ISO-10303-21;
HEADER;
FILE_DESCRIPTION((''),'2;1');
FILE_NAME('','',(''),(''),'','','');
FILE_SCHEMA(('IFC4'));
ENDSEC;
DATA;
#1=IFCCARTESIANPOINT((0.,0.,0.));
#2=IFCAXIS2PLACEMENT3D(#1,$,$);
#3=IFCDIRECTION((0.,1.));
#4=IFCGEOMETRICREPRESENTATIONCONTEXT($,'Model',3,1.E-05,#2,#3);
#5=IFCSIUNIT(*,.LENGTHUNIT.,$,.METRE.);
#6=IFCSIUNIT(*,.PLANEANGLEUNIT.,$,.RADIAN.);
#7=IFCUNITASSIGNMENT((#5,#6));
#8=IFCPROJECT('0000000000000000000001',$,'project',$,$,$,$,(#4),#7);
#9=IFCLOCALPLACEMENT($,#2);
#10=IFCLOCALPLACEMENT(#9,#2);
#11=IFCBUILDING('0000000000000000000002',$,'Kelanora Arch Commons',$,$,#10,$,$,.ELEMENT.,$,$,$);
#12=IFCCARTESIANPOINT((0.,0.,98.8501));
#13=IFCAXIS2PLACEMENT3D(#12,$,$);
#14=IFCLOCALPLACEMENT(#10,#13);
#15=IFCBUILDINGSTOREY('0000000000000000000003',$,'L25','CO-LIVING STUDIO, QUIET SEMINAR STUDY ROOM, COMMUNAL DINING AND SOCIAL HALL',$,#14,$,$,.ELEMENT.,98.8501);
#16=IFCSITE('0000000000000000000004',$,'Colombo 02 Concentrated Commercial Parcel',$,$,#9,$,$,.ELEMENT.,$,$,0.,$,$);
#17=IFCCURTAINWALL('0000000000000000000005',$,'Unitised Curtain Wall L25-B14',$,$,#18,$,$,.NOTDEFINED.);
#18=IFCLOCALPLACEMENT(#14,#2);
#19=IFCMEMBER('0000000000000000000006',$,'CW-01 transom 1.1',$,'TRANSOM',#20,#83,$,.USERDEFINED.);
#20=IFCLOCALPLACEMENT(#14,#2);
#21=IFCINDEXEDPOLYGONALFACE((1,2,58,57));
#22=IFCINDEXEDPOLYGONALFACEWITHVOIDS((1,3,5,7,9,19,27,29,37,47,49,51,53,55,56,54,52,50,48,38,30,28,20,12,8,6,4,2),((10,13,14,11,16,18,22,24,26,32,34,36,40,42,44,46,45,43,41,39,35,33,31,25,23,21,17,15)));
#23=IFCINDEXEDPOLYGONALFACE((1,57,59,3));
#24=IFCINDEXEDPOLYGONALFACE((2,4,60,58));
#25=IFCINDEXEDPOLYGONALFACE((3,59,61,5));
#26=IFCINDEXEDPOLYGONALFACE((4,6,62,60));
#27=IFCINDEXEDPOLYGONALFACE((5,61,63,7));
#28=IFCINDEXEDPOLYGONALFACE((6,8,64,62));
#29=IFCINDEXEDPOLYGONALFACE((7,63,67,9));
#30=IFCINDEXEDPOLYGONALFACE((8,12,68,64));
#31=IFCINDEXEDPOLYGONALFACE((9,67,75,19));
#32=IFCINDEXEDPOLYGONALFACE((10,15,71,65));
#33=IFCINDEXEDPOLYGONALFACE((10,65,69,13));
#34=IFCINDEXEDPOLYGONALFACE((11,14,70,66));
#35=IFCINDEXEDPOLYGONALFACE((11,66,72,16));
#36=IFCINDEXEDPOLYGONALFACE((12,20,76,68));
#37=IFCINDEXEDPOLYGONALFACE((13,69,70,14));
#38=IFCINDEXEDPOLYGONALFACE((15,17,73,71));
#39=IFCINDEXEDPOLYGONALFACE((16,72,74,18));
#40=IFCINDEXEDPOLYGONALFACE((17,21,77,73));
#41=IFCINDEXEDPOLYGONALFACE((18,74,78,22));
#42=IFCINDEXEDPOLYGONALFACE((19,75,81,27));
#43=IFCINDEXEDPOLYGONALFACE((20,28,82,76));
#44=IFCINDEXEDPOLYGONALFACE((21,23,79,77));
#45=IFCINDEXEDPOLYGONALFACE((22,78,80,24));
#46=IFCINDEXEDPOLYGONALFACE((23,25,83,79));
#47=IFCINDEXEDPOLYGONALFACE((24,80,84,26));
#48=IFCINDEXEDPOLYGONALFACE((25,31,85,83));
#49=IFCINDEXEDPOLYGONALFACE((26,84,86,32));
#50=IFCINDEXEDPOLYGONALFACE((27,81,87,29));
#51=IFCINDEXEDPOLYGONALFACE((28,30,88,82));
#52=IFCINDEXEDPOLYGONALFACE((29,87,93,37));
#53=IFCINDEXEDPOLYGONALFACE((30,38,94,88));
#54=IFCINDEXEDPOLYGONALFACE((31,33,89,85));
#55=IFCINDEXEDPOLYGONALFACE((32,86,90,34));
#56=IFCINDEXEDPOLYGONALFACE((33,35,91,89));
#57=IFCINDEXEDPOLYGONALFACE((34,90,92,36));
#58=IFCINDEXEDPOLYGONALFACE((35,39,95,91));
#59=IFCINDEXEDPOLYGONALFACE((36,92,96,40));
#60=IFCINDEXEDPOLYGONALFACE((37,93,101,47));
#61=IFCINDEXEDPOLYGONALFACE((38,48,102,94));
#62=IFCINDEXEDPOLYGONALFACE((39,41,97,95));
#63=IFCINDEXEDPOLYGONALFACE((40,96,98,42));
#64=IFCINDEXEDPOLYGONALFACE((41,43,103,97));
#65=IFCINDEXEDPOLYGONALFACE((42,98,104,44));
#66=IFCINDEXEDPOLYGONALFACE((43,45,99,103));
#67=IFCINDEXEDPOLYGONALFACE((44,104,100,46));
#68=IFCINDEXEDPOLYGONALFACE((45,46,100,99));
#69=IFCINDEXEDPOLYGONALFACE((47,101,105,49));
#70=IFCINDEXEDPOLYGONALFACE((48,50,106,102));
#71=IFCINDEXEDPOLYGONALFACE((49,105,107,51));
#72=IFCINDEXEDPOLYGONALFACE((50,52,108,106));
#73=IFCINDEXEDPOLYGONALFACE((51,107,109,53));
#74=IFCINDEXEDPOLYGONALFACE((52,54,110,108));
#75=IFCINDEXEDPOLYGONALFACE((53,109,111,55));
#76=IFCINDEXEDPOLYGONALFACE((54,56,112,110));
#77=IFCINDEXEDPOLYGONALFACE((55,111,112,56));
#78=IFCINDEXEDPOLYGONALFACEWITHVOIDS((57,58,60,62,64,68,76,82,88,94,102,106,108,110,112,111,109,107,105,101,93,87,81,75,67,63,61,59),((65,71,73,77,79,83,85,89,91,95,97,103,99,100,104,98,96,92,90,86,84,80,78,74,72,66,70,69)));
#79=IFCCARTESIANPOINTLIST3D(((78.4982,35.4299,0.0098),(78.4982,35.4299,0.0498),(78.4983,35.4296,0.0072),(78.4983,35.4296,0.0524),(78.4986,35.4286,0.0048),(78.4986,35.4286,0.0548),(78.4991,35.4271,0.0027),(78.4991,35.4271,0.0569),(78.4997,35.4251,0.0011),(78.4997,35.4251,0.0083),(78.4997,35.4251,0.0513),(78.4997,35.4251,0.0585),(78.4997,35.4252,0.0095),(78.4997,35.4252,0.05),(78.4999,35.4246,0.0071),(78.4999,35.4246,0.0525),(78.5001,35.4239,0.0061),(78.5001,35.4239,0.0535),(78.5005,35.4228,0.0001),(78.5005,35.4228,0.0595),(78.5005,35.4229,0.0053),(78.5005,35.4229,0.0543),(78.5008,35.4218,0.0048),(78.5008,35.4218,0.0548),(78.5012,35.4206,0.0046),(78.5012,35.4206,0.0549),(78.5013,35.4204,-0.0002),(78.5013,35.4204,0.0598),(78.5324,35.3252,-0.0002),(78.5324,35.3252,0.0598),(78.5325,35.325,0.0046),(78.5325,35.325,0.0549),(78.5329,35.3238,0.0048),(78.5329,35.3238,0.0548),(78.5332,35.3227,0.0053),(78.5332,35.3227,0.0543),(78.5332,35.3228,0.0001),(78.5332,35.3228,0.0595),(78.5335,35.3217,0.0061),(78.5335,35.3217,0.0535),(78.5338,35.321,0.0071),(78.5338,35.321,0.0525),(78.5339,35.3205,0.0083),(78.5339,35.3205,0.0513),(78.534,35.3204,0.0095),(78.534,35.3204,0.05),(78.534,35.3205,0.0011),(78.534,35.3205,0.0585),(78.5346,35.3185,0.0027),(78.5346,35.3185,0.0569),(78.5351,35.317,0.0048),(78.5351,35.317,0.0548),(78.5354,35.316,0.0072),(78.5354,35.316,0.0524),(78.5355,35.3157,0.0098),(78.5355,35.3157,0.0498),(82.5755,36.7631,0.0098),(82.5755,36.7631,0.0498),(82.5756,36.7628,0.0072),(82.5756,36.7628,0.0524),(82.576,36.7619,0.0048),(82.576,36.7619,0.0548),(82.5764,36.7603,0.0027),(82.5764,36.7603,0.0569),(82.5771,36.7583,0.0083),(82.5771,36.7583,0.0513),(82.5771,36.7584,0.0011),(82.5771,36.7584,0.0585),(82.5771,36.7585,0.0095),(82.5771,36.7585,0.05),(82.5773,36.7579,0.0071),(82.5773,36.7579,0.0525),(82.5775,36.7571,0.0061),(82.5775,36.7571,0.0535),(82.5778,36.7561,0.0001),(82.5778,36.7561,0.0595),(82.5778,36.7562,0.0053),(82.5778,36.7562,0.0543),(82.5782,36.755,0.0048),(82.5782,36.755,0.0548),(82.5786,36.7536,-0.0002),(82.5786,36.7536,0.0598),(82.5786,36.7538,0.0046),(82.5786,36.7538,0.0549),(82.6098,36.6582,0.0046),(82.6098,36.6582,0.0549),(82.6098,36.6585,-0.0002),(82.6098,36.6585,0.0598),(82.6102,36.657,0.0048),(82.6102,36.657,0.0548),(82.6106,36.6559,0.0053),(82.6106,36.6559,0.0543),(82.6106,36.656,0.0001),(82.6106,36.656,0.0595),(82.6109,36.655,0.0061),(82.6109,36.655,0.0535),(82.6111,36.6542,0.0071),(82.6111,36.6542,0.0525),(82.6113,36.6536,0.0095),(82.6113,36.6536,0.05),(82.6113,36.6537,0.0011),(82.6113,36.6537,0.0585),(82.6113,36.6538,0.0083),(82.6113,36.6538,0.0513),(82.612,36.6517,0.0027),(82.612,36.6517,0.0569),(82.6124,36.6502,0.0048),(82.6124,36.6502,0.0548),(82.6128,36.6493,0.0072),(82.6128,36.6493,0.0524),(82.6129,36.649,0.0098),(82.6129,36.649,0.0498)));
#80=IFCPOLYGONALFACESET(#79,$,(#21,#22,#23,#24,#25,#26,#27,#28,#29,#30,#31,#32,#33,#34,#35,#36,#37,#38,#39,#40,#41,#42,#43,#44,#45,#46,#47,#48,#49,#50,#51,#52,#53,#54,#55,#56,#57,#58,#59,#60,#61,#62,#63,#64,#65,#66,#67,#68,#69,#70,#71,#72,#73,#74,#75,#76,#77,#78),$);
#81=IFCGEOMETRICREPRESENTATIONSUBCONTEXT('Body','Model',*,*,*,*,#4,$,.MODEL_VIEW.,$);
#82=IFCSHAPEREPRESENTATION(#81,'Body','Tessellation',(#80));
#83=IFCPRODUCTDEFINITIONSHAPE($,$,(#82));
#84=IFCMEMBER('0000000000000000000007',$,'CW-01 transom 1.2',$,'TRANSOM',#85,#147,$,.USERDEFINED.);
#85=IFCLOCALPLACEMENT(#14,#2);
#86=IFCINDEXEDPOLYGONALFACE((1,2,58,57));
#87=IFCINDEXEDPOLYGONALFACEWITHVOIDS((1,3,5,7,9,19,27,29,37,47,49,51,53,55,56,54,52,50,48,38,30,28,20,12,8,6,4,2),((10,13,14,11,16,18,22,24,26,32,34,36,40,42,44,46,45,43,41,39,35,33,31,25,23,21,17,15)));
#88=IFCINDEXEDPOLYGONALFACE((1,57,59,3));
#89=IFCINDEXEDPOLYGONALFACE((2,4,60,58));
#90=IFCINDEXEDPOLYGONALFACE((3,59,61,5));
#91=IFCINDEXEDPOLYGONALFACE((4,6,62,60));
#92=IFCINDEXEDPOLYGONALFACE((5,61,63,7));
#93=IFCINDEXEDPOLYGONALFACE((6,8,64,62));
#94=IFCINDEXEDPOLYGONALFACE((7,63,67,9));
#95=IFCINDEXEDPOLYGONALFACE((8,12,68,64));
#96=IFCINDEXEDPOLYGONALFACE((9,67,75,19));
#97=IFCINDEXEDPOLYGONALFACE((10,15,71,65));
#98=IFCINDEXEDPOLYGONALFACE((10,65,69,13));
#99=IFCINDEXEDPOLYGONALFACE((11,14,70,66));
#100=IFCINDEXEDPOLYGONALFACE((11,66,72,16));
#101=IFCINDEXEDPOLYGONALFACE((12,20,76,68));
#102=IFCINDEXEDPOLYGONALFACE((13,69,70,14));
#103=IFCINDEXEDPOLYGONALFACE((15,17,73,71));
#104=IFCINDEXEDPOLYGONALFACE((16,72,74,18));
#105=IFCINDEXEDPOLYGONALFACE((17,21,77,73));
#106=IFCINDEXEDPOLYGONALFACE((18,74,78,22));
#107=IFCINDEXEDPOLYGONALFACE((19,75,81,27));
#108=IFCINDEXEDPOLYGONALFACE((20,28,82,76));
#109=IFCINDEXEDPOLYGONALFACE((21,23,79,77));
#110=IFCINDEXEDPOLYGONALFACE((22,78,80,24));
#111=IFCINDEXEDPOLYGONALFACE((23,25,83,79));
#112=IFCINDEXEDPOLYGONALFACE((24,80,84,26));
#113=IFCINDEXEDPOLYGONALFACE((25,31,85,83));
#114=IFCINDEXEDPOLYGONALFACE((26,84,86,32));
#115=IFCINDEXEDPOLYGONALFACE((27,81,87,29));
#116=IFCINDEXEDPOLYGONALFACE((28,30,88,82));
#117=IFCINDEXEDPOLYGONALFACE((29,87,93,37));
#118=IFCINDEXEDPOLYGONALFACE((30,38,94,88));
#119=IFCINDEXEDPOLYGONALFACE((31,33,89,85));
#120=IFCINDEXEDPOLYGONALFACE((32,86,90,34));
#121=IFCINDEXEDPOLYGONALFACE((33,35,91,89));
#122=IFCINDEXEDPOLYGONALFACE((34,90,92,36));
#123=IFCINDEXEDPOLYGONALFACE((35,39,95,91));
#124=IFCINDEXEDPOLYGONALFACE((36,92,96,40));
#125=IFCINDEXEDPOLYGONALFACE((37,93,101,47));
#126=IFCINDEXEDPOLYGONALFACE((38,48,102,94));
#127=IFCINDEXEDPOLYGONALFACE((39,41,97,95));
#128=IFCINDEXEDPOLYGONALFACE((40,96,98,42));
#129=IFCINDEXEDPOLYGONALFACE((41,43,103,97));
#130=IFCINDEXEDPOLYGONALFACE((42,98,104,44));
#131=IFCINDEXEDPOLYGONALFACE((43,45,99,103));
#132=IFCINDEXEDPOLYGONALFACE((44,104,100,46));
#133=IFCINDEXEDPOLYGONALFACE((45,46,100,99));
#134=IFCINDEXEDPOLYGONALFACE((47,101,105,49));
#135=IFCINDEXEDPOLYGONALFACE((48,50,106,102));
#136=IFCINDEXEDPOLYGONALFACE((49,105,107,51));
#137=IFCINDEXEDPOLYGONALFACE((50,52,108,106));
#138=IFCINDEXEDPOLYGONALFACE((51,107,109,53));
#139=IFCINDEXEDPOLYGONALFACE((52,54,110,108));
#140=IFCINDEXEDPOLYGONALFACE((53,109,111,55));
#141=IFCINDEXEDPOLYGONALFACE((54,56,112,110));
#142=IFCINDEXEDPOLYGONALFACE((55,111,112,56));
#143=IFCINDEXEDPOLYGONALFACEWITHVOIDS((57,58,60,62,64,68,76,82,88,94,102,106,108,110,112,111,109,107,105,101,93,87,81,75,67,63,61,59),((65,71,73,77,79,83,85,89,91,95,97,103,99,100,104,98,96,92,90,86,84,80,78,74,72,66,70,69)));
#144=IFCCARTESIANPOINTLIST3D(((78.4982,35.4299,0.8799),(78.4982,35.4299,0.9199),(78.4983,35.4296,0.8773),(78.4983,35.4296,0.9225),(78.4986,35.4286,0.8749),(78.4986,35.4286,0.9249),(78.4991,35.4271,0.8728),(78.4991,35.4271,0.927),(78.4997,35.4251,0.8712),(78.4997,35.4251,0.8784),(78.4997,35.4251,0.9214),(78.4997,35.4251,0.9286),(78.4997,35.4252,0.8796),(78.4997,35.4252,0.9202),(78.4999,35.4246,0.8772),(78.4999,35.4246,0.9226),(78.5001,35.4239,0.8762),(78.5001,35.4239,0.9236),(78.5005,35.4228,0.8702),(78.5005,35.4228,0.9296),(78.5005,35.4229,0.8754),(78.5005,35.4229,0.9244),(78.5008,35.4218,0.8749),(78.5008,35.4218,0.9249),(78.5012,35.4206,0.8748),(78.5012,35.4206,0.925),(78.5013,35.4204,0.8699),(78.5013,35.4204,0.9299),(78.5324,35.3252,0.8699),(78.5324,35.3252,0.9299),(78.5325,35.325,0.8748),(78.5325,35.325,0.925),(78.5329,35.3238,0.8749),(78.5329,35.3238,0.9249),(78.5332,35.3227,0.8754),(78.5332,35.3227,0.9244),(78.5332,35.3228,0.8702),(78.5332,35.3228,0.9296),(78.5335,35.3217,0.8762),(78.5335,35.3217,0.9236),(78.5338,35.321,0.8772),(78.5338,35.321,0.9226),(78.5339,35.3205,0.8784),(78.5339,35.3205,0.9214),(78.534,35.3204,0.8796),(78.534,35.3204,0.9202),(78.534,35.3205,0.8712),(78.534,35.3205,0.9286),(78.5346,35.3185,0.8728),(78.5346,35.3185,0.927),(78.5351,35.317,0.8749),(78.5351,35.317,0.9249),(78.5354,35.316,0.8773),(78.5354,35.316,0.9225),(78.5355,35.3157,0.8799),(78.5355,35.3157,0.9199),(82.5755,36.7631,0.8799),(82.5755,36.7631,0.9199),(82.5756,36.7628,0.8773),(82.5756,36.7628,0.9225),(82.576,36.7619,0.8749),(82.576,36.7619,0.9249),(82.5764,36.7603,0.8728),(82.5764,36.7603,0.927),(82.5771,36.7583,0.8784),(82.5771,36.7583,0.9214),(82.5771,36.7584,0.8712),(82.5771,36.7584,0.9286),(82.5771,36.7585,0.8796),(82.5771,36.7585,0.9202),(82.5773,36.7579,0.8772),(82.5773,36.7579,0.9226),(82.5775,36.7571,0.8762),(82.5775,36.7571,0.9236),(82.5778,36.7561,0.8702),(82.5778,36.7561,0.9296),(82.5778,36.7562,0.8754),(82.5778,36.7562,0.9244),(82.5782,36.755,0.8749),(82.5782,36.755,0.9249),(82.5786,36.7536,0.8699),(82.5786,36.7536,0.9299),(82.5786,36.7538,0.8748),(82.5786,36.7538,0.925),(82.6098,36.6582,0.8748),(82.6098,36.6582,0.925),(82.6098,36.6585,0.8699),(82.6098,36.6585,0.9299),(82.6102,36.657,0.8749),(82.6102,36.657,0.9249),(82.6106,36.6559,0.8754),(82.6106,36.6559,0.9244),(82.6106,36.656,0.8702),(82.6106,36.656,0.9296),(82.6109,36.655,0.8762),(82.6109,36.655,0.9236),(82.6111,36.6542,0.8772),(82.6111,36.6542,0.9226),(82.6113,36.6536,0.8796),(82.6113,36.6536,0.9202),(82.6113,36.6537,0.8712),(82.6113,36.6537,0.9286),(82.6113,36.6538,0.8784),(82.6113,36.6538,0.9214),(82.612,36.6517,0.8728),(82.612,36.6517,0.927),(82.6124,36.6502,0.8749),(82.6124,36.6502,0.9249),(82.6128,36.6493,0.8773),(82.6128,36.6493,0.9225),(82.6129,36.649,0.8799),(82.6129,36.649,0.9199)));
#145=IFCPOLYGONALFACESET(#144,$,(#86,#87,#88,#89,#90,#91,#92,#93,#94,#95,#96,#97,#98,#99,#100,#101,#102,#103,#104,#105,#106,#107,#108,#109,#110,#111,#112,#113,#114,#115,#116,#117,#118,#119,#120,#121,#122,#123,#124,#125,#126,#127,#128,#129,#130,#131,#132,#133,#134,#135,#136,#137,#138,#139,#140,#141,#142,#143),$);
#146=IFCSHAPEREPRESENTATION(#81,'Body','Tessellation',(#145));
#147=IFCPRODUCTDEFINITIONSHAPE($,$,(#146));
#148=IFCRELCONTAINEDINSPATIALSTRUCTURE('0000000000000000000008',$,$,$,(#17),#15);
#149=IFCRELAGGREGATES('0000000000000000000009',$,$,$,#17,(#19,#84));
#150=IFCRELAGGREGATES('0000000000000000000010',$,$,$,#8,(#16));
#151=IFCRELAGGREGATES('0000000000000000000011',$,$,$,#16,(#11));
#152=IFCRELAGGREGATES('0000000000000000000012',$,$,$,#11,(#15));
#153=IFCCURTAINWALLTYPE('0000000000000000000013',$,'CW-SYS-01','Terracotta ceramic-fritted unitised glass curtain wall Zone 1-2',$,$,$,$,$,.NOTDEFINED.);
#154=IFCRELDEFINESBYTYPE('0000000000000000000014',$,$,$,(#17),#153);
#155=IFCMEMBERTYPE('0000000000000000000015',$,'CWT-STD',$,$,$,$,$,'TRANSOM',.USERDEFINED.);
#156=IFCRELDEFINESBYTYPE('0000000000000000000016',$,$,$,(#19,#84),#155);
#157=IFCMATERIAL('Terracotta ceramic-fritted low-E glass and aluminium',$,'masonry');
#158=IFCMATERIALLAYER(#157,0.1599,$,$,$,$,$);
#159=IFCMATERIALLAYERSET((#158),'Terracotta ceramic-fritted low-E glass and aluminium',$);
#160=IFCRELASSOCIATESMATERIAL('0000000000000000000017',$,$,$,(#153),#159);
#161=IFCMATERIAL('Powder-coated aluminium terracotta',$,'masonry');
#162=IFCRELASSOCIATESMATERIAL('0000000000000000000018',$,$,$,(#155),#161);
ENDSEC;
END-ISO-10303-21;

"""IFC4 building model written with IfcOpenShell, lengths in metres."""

from ifc_helpers import new_model, si_unit, direction, frame, origin, origin_2d, place, context, subcontext, project, spatial, hollow_rectangle, extrude, material, layer, layer_set, material_profile, profile_set, type_object, element, aggregate, save


model = new_model("IFC4")

# Units and contexts
model_context = context("Model", 3, precision=1e-05, world=origin(), true_north=direction((0.0, 1.0)))
body_context = subcontext(model_context, "Body", "Model", "MODEL_VIEW")
ifc_project = project(units=[si_unit("LENGTHUNIT", "METRE"), si_unit("PLANEANGLEUNIT", "RADIAN")], contexts=[model_context])

# Site, building, storey
site_placement = place(None, origin())
site = spatial("IfcSite", under=ifc_project, at=site_placement, Name="Colombo 02 Concentrated Commercial Parcel", CompositionType="ELEMENT", RefElevation=0.0)
building_placement = place(site_placement, origin())
building = spatial("IfcBuilding", under=site, at=building_placement, Name="Kelanora Arch Commons", CompositionType="ELEMENT")
storey_placement = place(building_placement, frame((0.0, 0.0, 98.8501)))
storey = spatial("IfcBuildingStorey", under=building, at=storey_placement, Name="L25", Description="CO-LIVING STUDIO, QUIET SEMINAR STUDY ROOM, COMMUNAL DINING AND SOCIAL HALL", CompositionType="ELEMENT", Elevation=98.8501)

# Curtain wall, members
ifc_material_1 = material(Name="Terracotta ceramic-fritted low-E glass and aluminium", Category="masonry")
ifc_layer_1 = layer(ifc_material_1, 0.1599)
ifc_layer_set_1 = layer_set([ifc_layer_1], Name="Terracotta ceramic-fritted low-E glass and aluminium")
curtain_wall_type = type_object("IfcCurtainWallType", Name="CW-SYS-01", Description="Terracotta ceramic-fritted unitised glass curtain wall Zone 1-2", PredefinedType="NOTDEFINED", material=ifc_layer_set_1)
curtain_wall_placement = place(storey_placement, origin())
curtain_wall = element("IfcCurtainWall", 1, at=curtain_wall_placement, inside=storey, type_object=curtain_wall_type, Name="Unitised Curtain Wall L25-B14", PredefinedType="NOTDEFINED")
ifc_material_2 = material(Name="Powder-coated aluminium terracotta", Category="masonry")
ifc_material_profile_1 = material_profile(ifc_material_2, hollow_rectangle(XDim=0.1201, YDim=0.0601, WallThickness=0.0049, InnerFilletRadius=0.0049, OuterFilletRadius=0.01, at=origin_2d()), Name="CWT120x60")
ifc_profile_set_1 = profile_set([ifc_material_profile_1], Name="Powder-coated aluminium terracotta")
member_type_1 = type_object("IfcMemberType", Name="CWT-STD", ElementType="TRANSOM", PredefinedType="USERDEFINED", material=ifc_profile_set_1)
member_1_placement = place(storey_placement, frame((78.5168, 35.3728, 0.0298), z_axis=(0.950478, 0.310793, 0.0), x_axis=(-0.310793, 0.950478, 0.0)))
member_1 = element("IfcMember", 2, at=member_1_placement, type_object=member_type_1, Name="CW-01 transom 1.1", ObjectType="TRANSOM", PredefinedType="USERDEFINED", context=body_context, shape_type="SweptSolid", body=[
    extrude(hollow_rectangle(XDim=0.1201, YDim=0.0601, WallThickness=0.0049, InnerFilletRadius=0.0049, OuterFilletRadius=0.01, at=origin_2d()), origin(), (0.0, 0.0, 1.0), 4.2898),
])
member_2_placement = place(storey_placement, frame((78.5168, 35.3728, 0.8999), z_axis=(0.950478, 0.310793, 0.0), x_axis=(-0.310793, 0.950478, 0.0)))
member_2 = element("IfcMember", 3, at=member_2_placement, type_object=member_type_1, Name="CW-01 transom 1.2", ObjectType="TRANSOM", PredefinedType="USERDEFINED", context=body_context, shape_type="SweptSolid", body=[
    extrude(hollow_rectangle(XDim=0.1201, YDim=0.0601, WallThickness=0.0049, InnerFilletRadius=0.0049, OuterFilletRadius=0.01, at=origin_2d()), origin(), (0.0, 0.0, 1.0), 4.2898),
])
aggregate(curtain_wall, [member_1, member_2])

save(model, "model.ifc")
